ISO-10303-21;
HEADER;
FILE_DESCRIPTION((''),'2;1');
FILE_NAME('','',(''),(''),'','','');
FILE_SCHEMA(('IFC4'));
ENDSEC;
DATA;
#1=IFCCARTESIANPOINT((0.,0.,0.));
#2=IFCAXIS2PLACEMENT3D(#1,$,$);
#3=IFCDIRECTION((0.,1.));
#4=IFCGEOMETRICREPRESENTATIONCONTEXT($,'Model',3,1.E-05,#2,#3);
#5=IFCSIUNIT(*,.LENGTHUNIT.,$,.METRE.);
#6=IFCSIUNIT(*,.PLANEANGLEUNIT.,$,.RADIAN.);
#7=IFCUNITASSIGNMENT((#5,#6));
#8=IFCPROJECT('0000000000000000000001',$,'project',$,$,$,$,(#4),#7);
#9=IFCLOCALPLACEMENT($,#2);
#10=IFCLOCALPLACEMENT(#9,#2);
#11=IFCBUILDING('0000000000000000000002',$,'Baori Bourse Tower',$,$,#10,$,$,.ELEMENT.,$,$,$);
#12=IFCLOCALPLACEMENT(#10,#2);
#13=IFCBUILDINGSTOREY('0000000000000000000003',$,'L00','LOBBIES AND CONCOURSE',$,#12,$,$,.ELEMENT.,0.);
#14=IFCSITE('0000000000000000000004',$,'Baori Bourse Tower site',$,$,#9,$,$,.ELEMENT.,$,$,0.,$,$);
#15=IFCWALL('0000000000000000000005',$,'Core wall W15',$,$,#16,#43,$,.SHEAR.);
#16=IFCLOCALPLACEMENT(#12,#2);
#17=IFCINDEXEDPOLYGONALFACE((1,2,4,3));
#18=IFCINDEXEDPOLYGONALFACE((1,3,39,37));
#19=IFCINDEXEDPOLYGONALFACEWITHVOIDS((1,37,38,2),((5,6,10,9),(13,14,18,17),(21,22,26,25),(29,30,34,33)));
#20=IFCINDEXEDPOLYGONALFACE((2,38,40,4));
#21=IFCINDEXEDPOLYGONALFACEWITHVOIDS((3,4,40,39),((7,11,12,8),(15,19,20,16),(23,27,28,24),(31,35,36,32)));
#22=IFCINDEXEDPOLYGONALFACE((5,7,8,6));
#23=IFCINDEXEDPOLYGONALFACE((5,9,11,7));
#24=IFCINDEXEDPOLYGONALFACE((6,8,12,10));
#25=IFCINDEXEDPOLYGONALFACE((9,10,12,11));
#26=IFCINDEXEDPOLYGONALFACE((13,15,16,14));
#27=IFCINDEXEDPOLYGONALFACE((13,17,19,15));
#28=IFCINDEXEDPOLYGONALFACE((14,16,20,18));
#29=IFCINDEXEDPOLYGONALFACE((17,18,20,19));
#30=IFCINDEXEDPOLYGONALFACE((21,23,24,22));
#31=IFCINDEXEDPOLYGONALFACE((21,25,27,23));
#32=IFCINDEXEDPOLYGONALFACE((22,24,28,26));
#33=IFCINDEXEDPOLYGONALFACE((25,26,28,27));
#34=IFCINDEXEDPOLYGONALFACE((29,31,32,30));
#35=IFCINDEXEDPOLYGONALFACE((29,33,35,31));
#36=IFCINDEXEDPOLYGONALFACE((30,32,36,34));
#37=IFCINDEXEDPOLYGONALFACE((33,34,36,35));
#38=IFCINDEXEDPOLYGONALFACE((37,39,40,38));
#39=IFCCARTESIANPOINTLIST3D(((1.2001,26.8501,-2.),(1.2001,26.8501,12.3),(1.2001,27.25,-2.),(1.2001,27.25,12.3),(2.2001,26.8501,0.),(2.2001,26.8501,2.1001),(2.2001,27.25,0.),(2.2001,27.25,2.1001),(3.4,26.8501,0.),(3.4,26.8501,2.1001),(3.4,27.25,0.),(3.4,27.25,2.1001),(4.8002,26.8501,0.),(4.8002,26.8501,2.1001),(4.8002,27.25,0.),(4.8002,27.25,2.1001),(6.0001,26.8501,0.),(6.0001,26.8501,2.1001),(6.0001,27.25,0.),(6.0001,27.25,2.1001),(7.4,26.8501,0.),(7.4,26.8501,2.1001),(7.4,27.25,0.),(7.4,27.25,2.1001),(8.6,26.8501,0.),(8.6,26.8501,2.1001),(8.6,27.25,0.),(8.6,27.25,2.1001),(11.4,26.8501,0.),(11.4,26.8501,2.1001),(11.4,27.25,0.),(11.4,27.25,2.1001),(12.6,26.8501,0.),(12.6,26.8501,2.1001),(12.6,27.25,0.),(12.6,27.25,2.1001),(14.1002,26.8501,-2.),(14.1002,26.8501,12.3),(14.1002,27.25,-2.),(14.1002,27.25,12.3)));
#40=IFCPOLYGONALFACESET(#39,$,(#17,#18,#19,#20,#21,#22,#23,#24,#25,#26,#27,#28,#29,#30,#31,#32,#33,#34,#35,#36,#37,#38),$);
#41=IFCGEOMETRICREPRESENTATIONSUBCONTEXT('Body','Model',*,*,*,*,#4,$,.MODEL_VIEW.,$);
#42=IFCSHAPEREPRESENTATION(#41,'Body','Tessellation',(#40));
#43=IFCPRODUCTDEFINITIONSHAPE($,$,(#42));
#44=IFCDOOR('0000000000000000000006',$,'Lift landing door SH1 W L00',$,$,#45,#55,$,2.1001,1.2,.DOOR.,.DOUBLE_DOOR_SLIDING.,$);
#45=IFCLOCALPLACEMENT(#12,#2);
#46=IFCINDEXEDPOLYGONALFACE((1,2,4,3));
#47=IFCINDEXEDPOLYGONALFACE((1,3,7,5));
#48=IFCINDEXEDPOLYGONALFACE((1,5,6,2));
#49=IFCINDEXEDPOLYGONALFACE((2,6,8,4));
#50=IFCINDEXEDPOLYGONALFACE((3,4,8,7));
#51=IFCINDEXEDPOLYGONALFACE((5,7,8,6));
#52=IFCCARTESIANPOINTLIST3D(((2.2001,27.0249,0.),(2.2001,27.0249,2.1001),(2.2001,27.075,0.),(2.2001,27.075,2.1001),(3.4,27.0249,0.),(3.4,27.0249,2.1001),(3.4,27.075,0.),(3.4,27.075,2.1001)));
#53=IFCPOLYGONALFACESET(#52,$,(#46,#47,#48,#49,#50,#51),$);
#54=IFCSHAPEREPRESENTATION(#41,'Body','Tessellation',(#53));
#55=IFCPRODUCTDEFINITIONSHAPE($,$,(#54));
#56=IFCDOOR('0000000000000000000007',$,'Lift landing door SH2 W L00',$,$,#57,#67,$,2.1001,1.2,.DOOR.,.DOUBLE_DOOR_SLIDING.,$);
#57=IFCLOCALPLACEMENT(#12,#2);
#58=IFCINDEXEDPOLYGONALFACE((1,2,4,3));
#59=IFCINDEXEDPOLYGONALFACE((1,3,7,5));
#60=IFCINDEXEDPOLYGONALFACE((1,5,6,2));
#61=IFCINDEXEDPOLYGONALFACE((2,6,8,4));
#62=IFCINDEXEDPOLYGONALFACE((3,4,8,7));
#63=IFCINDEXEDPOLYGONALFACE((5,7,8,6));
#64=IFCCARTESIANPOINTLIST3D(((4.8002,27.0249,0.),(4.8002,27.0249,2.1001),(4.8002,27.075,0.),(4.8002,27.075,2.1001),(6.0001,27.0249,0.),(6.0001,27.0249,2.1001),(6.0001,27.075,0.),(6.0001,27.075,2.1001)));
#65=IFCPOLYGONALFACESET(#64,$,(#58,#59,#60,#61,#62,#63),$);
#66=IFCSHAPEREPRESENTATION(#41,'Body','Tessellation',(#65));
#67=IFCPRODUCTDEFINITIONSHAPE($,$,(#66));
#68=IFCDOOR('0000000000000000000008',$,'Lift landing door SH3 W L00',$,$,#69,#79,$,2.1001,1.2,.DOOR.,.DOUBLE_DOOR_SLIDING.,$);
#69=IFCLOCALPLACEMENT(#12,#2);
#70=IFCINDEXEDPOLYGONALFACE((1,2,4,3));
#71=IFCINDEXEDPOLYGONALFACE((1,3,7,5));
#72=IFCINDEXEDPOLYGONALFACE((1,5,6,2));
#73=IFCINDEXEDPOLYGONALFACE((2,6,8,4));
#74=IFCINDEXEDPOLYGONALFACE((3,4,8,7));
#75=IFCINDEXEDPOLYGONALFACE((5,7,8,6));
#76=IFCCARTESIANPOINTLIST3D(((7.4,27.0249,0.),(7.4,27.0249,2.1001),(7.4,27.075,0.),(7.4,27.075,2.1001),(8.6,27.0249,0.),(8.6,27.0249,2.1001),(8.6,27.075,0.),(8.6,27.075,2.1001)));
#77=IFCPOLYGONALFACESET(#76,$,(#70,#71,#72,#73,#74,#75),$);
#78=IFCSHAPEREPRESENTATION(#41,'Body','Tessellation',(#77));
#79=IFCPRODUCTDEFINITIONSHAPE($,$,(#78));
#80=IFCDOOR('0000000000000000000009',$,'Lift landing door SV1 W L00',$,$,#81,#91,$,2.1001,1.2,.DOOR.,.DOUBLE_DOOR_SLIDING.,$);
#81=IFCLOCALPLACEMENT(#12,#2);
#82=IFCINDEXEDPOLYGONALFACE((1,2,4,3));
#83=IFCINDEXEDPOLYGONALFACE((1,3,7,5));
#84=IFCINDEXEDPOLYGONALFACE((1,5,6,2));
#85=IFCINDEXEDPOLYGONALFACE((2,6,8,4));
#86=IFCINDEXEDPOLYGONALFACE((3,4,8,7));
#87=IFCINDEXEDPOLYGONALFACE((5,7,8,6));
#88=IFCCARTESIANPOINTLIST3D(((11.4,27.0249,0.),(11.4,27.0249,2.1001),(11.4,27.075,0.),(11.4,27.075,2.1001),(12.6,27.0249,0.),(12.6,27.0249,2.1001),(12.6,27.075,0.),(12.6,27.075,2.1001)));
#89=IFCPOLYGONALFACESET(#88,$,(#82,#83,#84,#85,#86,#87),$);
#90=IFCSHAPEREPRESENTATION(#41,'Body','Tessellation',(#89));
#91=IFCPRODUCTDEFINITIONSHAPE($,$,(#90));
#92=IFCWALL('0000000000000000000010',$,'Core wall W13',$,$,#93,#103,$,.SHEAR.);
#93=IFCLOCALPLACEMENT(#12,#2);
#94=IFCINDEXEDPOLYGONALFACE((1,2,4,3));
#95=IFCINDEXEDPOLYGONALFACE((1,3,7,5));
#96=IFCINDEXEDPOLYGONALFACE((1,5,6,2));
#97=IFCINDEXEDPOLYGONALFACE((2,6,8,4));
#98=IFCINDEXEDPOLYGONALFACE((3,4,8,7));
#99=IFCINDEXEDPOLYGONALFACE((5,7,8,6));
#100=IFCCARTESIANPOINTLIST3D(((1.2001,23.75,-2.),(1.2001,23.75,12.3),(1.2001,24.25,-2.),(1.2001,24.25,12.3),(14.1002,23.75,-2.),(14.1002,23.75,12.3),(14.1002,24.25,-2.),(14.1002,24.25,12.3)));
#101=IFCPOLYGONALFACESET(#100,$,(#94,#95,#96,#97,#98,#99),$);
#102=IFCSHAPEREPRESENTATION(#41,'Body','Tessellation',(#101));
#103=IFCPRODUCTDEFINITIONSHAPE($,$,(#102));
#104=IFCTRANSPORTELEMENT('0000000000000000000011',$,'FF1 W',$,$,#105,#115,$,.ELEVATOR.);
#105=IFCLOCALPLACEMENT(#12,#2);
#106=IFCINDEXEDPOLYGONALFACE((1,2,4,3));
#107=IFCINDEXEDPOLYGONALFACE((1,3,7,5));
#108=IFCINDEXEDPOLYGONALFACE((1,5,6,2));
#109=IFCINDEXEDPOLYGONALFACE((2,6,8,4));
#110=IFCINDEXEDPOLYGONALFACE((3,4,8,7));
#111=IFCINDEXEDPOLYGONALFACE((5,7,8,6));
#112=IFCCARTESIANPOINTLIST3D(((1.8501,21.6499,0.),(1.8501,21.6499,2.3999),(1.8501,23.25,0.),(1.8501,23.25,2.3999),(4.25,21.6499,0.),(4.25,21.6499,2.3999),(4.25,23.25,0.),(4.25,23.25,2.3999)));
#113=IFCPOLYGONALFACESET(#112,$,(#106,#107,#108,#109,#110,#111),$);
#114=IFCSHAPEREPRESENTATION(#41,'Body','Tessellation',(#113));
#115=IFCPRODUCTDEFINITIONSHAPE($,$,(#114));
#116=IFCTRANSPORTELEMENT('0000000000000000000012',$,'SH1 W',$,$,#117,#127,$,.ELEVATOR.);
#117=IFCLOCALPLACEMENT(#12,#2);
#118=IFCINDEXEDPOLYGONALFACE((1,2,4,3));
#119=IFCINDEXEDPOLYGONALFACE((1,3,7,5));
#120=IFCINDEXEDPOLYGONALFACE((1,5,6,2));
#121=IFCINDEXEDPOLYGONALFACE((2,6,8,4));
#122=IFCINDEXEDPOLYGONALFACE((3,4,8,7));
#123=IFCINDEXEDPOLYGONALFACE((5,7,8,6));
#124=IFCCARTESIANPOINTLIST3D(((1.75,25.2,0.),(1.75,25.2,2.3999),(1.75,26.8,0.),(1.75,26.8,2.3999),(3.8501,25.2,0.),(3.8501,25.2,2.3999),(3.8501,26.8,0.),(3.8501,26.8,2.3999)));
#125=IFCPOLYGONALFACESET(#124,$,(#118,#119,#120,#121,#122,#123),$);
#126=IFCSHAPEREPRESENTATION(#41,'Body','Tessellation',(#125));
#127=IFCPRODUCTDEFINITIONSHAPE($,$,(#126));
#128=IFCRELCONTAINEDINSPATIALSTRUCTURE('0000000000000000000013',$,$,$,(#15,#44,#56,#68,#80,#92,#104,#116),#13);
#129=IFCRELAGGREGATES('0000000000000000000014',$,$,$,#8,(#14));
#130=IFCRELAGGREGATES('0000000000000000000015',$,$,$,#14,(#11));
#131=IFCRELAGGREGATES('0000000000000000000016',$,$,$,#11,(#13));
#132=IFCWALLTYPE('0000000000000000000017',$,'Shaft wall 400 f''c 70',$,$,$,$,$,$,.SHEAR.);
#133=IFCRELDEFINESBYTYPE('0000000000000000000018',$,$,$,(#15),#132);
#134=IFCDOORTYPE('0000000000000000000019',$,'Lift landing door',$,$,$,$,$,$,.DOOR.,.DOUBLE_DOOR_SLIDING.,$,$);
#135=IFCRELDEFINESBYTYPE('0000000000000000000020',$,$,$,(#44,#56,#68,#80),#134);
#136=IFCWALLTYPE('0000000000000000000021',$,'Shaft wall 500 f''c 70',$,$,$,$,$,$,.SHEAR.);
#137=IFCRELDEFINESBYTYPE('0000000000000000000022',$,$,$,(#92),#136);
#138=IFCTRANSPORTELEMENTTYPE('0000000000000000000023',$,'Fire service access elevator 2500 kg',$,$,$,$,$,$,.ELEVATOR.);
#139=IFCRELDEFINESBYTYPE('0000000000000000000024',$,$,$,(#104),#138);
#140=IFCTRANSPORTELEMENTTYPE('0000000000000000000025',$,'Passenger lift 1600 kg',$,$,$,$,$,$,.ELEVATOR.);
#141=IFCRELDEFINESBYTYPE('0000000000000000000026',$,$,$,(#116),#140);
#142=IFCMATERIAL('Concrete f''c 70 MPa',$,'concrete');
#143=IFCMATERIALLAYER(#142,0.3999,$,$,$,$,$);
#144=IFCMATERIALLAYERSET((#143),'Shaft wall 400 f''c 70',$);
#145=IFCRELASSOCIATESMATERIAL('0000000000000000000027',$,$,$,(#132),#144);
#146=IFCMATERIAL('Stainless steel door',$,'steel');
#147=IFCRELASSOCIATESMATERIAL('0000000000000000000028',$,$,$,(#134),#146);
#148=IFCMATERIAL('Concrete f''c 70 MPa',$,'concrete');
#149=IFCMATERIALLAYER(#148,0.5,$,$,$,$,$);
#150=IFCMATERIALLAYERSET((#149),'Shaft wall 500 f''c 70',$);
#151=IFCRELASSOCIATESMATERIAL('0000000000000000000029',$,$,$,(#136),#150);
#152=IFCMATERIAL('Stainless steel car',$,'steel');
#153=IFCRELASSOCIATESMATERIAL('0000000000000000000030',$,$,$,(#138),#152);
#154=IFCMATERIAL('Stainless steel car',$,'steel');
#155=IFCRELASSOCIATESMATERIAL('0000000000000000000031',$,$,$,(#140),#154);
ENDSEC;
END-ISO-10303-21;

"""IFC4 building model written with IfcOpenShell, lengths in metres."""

from ifc_helpers import new_model, si_unit, direction, frame, frame_2d, origin, origin_2d, place, context, subcontext, project, spatial, rectangle, extrude, material, layer, layer_set, type_object, element, fill, save


model = new_model("IFC4")

# Units and contexts
model_context = context("Model", 3, precision=1e-05, world=origin(), true_north=direction((0.0, 1.0)))
body_context = subcontext(model_context, "Body", "Model", "MODEL_VIEW")
ifc_project = project(units=[si_unit("LENGTHUNIT", "METRE"), si_unit("PLANEANGLEUNIT", "RADIAN")], contexts=[model_context])

# Site, building, storey
site_placement = place(None, origin())
site = spatial("IfcSite", under=ifc_project, at=site_placement, Name="Baori Bourse Tower site", CompositionType="ELEMENT", RefElevation=0.0)
building_placement = place(site_placement, origin())
building = spatial("IfcBuilding", under=site, at=building_placement, Name="Baori Bourse Tower", CompositionType="ELEMENT")
storey_placement = place(building_placement, origin())
storey = spatial("IfcBuildingStorey", under=building, at=storey_placement, Name="L00", Description="LOBBIES AND CONCOURSE", CompositionType="ELEMENT", Elevation=0.0)

# Wall, openings, doors
ifc_material_1 = material(Name="Concrete f'c 70 MPa", Category="concrete")
ifc_layer_1 = layer(ifc_material_1, 0.3999)
ifc_layer_set_1 = layer_set([ifc_layer_1], Name="Shaft wall 400 f'c 70")
wall_type_1 = type_object("IfcWallType", Name="Shaft wall 400 f'c 70", PredefinedType="SHEAR", material=ifc_layer_set_1)
wall_1_placement = place(storey_placement, frame((1.2, 27.05, -2.0), z_axis=(0.0, 0.0, 1.0), x_axis=(1.0, 0.0, 0.0)))
wall_1 = element("IfcWall", 1, at=wall_1_placement, inside=storey, type_object=wall_type_1, Name="Core wall W15", PredefinedType="SHEAR", context=body_context, shape_type="SweptSolid", body=[
    extrude(rectangle(XDim=12.9001, YDim=0.3999, at=frame_2d((6.4502, 0.0))), origin(), (0.0, 0.0, 1.0), 14.3),
])
opening_1_placement = place(wall_1_placement, frame((1.0, 0.0, 2.0)))
opening_1 = element("IfcOpeningElement", 2, at=opening_1_placement, cuts=wall_1, PredefinedType="OPENING", context=body_context, shape_type="SweptSolid", body=[
    extrude(rectangle(XDim=1.2, YDim=2.1001, at=frame_2d((0.6001, 1.05))), frame((0.0, 0.21, 0.0), z_axis=(0.0, -1.0, 0.0), x_axis=(1.0, 0.0, 0.0)), (0.0, 0.0, 1.0), 0.4199),
])
opening_2_placement = place(wall_1_placement, frame((3.6001, 0.0, 2.0)))
opening_2 = element("IfcOpeningElement", 3, at=opening_2_placement, cuts=wall_1, PredefinedType="OPENING", context=body_context, shape_type="SweptSolid", body=[
    extrude(rectangle(XDim=1.2, YDim=2.1001, at=frame_2d((0.6001, 1.05))), frame((0.0, 0.21, 0.0), z_axis=(0.0, -1.0, 0.0), x_axis=(1.0, 0.0, 0.0)), (0.0, 0.0, 1.0), 0.4199),
])
opening_3_placement = place(wall_1_placement, frame((6.2, 0.0, 2.0)))
opening_3 = element("IfcOpeningElement", 4, at=opening_3_placement, cuts=wall_1, PredefinedType="OPENING", context=body_context, shape_type="SweptSolid", body=[
    extrude(rectangle(XDim=1.2, YDim=2.1001, at=frame_2d((0.6001, 1.05))), frame((0.0, 0.21, 0.0), z_axis=(0.0, -1.0, 0.0), x_axis=(1.0, 0.0, 0.0)), (0.0, 0.0, 1.0), 0.4199),
])
opening_4_placement = place(wall_1_placement, frame((10.2, 0.0, 2.0)))
opening_4 = element("IfcOpeningElement", 5, at=opening_4_placement, cuts=wall_1, PredefinedType="OPENING", context=body_context, shape_type="SweptSolid", body=[
    extrude(rectangle(XDim=1.2, YDim=2.1001, at=frame_2d((0.6001, 1.05))), frame((0.0, 0.21, 0.0), z_axis=(0.0, -1.0, 0.0), x_axis=(1.0, 0.0, 0.0)), (0.0, 0.0, 1.0), 0.4199),
])
ifc_material_2 = material(Name="Stainless steel door", Category="steel")
door_type = type_object("IfcDoorType", Name="Lift landing door", OperationType="DOUBLE_DOOR_SLIDING", PredefinedType="DOOR", material=ifc_material_2)
door_1_placement = place(opening_1_placement, origin())
door_1 = element("IfcDoor", 6, at=door_1_placement, inside=storey, type_object=door_type, Name="Lift landing door SH1 W L00", OperationType="DOUBLE_DOOR_SLIDING", OverallHeight=2.1001, OverallWidth=1.2, PredefinedType="DOOR", context=body_context, shape_type="SweptSolid", body=[
    extrude(rectangle(XDim=1.2, YDim=2.1001, at=frame_2d((0.6001, 1.05))), frame((0.0, 0.0249, 0.0), z_axis=(0.0, -1.0, 0.0), x_axis=(1.0, 0.0, 0.0)), (0.0, 0.0, 1.0), 0.05),
])
fill(opening_1, door_1)
door_2_placement = place(opening_2_placement, origin())
door_2 = element("IfcDoor", 7, at=door_2_placement, inside=storey, type_object=door_type, Name="Lift landing door SH2 W L00", OperationType="DOUBLE_DOOR_SLIDING", OverallHeight=2.1001, OverallWidth=1.2, PredefinedType="DOOR", context=body_context, shape_type="SweptSolid", body=[
    extrude(rectangle(XDim=1.2, YDim=2.1001, at=frame_2d((0.6001, 1.05))), frame((0.0, 0.0249, 0.0), z_axis=(0.0, -1.0, 0.0), x_axis=(1.0, 0.0, 0.0)), (0.0, 0.0, 1.0), 0.05),
])
fill(opening_2, door_2)
door_3_placement = place(opening_3_placement, origin())
door_3 = element("IfcDoor", 8, at=door_3_placement, inside=storey, type_object=door_type, Name="Lift landing door SH3 W L00", OperationType="DOUBLE_DOOR_SLIDING", OverallHeight=2.1001, OverallWidth=1.2, PredefinedType="DOOR", context=body_context, shape_type="SweptSolid", body=[
    extrude(rectangle(XDim=1.2, YDim=2.1001, at=frame_2d((0.6001, 1.05))), frame((0.0, 0.0249, 0.0), z_axis=(0.0, -1.0, 0.0), x_axis=(1.0, 0.0, 0.0)), (0.0, 0.0, 1.0), 0.05),
])
fill(opening_3, door_3)
door_4_placement = place(opening_4_placement, origin())
door_4 = element("IfcDoor", 9, at=door_4_placement, inside=storey, type_object=door_type, Name="Lift landing door SV1 W L00", OperationType="DOUBLE_DOOR_SLIDING", OverallHeight=2.1001, OverallWidth=1.2, PredefinedType="DOOR", context=body_context, shape_type="SweptSolid", body=[
    extrude(rectangle(XDim=1.2, YDim=2.1001, at=frame_2d((0.6001, 1.05))), frame((0.0, 0.0249, 0.0), z_axis=(0.0, -1.0, 0.0), x_axis=(1.0, 0.0, 0.0)), (0.0, 0.0, 1.0), 0.05),
])
fill(opening_4, door_4)

# Wall
ifc_material_3 = material(Name="Concrete f'c 70 MPa", Category="concrete")
ifc_layer_2 = layer(ifc_material_3, 0.5)
ifc_layer_set_2 = layer_set([ifc_layer_2], Name="Shaft wall 500 f'c 70")
wall_type_2 = type_object("IfcWallType", Name="Shaft wall 500 f'c 70", PredefinedType="SHEAR", material=ifc_layer_set_2)
wall_2_placement = place(storey_placement, frame((1.2, 24.0, -2.0), z_axis=(0.0, 0.0, 1.0), x_axis=(1.0, 0.0, 0.0)))
element("IfcWall", 10, at=wall_2_placement, inside=storey, type_object=wall_type_2, Name="Core wall W13", PredefinedType="SHEAR", context=body_context, shape_type="SweptSolid", body=[
    extrude(rectangle(XDim=12.9001, YDim=0.5, at=frame_2d((6.4502, 0.0))), origin(), (0.0, 0.0, 1.0), 14.3),
])

# Transport elements
ifc_material_4 = material(Name="Stainless steel car", Category="steel")
transport_element_type_1 = type_object("IfcTransportElementType", Name="Fire service access elevator 2500 kg", PredefinedType="ELEVATOR", material=ifc_material_4)
transport_element_1_placement = place(storey_placement, frame((3.05, 22.45, 0.0), z_axis=(0.0, 0.0, 1.0), x_axis=(1.0, 0.0, 0.0)))
element("IfcTransportElement", 11, at=transport_element_1_placement, inside=storey, type_object=transport_element_type_1, Name="FF1 W", PredefinedType="ELEVATOR", context=body_context, shape_type="SweptSolid", body=[
    extrude(rectangle(XDim=2.3999, YDim=1.6001, at=origin_2d()), origin(), (0.0, 0.0, 1.0), 2.3999),
])
ifc_material_5 = material(Name="Stainless steel car", Category="steel")
transport_element_type_2 = type_object("IfcTransportElementType", Name="Passenger lift 1600 kg", PredefinedType="ELEVATOR", material=ifc_material_5)
transport_element_2_placement = place(storey_placement, frame((2.8, 26.0, 0.0), z_axis=(0.0, 0.0, 1.0), x_axis=(1.0, 0.0, 0.0)))
element("IfcTransportElement", 12, at=transport_element_2_placement, inside=storey, type_object=transport_element_type_2, Name="SH1 W", PredefinedType="ELEVATOR", context=body_context, shape_type="SweptSolid", body=[
    extrude(rectangle(XDim=2.1001, YDim=1.6001, at=origin_2d()), origin(), (0.0, 0.0, 1.0), 2.3999),
])

save(model, "model.ifc")
